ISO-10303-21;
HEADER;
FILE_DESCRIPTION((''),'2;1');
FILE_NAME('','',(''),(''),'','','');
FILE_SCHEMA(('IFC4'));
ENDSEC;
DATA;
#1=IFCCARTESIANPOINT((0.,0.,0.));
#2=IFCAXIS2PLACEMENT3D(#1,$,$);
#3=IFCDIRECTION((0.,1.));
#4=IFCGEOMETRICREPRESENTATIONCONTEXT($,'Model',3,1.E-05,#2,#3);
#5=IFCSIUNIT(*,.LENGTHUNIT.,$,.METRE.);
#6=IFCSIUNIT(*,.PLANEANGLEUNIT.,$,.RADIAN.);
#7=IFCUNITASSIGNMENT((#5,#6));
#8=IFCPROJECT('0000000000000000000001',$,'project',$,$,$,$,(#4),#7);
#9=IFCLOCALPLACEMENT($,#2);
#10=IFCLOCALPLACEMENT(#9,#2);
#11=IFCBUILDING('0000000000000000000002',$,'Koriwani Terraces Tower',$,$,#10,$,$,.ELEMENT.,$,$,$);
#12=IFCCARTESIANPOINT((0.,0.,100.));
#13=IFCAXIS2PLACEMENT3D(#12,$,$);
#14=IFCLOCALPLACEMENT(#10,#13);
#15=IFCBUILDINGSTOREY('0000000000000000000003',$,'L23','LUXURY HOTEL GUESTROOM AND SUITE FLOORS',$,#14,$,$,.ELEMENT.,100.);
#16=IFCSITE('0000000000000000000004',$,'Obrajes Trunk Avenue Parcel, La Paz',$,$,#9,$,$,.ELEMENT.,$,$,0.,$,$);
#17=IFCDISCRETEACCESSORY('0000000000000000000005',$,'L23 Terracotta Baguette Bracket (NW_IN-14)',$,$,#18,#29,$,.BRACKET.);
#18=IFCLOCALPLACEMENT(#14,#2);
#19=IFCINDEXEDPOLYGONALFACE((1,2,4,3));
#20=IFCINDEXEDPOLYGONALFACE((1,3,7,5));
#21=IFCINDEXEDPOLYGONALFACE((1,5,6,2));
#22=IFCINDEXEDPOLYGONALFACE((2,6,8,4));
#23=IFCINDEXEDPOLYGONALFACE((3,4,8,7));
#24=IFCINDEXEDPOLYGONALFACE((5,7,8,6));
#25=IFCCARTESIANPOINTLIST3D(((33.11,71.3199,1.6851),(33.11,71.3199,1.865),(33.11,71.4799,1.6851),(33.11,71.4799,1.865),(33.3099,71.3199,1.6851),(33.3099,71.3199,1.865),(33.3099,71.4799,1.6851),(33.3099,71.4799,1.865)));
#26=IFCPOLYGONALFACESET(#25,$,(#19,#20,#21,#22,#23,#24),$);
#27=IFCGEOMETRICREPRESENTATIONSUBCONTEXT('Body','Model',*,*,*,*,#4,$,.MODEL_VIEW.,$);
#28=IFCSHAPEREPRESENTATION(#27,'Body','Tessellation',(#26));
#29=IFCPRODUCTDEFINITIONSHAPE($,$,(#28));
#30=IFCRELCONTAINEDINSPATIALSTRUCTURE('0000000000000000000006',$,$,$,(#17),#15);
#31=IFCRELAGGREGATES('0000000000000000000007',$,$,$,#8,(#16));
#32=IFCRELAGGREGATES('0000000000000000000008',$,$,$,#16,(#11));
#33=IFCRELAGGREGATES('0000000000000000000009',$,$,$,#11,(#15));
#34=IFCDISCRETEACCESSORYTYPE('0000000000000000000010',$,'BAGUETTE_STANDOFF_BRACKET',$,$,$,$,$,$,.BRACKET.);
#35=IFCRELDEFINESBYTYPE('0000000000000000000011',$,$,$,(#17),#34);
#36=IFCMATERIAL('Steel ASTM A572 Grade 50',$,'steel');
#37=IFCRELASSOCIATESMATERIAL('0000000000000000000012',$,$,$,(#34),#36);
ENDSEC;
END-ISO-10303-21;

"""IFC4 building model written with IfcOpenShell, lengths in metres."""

from ifc_helpers import new_model, si_unit, direction, frame, origin, origin_2d, place, context, subcontext, project, spatial, rectangle, extrude, material, type_object, element, save


model = new_model("IFC4")

# Units and contexts
model_context = context("Model", 3, precision=1e-05, world=origin(), true_north=direction((0.0, 1.0)))
body_context = subcontext(model_context, "Body", "Model", "MODEL_VIEW")
ifc_project = project(units=[si_unit("LENGTHUNIT", "METRE"), si_unit("PLANEANGLEUNIT", "RADIAN")], contexts=[model_context])

# Site, building, storey
site_placement = place(None, origin())
site = spatial("IfcSite", under=ifc_project, at=site_placement, Name="Obrajes Trunk Avenue Parcel, La Paz", CompositionType="ELEMENT", RefElevation=0.0)
building_placement = place(site_placement, origin())
building = spatial("IfcBuilding", under=site, at=building_placement, Name="Koriwani Terraces Tower", CompositionType="ELEMENT")
storey_placement = place(building_placement, frame((0.0, 0.0, 100.0)))
storey = spatial("IfcBuildingStorey", under=building, at=storey_placement, Name="L23", Description="LUXURY HOTEL GUESTROOM AND SUITE FLOORS", CompositionType="ELEMENT", Elevation=100.0)

# Shared definitions
ifc_material_1 = material(Name="Steel ASTM A572 Grade 50", Category="steel")

# Discrete accessory
discrete_accessory_type = type_object("IfcDiscreteAccessoryType", Name="BAGUETTE_STANDOFF_BRACKET", PredefinedType="BRACKET", material=ifc_material_1)
discrete_accessory_placement = place(storey_placement, frame((33.21, 71.3999, 1.6851), z_axis=(0.0, 0.0, 1.0), x_axis=(0.0, -1.0, 0.0)))
element("IfcDiscreteAccessory", 1, at=discrete_accessory_placement, inside=storey, type_object=discrete_accessory_type, Name="L23 Terracotta Baguette Bracket (NW_IN-14)", PredefinedType="BRACKET", context=body_context, shape_type="SweptSolid", body=[
    extrude(rectangle(XDim=0.1599, YDim=0.2, at=origin_2d()), origin(), (0.0, 0.0, 1.0), 0.1799),
])

save(model, "model.ifc")
